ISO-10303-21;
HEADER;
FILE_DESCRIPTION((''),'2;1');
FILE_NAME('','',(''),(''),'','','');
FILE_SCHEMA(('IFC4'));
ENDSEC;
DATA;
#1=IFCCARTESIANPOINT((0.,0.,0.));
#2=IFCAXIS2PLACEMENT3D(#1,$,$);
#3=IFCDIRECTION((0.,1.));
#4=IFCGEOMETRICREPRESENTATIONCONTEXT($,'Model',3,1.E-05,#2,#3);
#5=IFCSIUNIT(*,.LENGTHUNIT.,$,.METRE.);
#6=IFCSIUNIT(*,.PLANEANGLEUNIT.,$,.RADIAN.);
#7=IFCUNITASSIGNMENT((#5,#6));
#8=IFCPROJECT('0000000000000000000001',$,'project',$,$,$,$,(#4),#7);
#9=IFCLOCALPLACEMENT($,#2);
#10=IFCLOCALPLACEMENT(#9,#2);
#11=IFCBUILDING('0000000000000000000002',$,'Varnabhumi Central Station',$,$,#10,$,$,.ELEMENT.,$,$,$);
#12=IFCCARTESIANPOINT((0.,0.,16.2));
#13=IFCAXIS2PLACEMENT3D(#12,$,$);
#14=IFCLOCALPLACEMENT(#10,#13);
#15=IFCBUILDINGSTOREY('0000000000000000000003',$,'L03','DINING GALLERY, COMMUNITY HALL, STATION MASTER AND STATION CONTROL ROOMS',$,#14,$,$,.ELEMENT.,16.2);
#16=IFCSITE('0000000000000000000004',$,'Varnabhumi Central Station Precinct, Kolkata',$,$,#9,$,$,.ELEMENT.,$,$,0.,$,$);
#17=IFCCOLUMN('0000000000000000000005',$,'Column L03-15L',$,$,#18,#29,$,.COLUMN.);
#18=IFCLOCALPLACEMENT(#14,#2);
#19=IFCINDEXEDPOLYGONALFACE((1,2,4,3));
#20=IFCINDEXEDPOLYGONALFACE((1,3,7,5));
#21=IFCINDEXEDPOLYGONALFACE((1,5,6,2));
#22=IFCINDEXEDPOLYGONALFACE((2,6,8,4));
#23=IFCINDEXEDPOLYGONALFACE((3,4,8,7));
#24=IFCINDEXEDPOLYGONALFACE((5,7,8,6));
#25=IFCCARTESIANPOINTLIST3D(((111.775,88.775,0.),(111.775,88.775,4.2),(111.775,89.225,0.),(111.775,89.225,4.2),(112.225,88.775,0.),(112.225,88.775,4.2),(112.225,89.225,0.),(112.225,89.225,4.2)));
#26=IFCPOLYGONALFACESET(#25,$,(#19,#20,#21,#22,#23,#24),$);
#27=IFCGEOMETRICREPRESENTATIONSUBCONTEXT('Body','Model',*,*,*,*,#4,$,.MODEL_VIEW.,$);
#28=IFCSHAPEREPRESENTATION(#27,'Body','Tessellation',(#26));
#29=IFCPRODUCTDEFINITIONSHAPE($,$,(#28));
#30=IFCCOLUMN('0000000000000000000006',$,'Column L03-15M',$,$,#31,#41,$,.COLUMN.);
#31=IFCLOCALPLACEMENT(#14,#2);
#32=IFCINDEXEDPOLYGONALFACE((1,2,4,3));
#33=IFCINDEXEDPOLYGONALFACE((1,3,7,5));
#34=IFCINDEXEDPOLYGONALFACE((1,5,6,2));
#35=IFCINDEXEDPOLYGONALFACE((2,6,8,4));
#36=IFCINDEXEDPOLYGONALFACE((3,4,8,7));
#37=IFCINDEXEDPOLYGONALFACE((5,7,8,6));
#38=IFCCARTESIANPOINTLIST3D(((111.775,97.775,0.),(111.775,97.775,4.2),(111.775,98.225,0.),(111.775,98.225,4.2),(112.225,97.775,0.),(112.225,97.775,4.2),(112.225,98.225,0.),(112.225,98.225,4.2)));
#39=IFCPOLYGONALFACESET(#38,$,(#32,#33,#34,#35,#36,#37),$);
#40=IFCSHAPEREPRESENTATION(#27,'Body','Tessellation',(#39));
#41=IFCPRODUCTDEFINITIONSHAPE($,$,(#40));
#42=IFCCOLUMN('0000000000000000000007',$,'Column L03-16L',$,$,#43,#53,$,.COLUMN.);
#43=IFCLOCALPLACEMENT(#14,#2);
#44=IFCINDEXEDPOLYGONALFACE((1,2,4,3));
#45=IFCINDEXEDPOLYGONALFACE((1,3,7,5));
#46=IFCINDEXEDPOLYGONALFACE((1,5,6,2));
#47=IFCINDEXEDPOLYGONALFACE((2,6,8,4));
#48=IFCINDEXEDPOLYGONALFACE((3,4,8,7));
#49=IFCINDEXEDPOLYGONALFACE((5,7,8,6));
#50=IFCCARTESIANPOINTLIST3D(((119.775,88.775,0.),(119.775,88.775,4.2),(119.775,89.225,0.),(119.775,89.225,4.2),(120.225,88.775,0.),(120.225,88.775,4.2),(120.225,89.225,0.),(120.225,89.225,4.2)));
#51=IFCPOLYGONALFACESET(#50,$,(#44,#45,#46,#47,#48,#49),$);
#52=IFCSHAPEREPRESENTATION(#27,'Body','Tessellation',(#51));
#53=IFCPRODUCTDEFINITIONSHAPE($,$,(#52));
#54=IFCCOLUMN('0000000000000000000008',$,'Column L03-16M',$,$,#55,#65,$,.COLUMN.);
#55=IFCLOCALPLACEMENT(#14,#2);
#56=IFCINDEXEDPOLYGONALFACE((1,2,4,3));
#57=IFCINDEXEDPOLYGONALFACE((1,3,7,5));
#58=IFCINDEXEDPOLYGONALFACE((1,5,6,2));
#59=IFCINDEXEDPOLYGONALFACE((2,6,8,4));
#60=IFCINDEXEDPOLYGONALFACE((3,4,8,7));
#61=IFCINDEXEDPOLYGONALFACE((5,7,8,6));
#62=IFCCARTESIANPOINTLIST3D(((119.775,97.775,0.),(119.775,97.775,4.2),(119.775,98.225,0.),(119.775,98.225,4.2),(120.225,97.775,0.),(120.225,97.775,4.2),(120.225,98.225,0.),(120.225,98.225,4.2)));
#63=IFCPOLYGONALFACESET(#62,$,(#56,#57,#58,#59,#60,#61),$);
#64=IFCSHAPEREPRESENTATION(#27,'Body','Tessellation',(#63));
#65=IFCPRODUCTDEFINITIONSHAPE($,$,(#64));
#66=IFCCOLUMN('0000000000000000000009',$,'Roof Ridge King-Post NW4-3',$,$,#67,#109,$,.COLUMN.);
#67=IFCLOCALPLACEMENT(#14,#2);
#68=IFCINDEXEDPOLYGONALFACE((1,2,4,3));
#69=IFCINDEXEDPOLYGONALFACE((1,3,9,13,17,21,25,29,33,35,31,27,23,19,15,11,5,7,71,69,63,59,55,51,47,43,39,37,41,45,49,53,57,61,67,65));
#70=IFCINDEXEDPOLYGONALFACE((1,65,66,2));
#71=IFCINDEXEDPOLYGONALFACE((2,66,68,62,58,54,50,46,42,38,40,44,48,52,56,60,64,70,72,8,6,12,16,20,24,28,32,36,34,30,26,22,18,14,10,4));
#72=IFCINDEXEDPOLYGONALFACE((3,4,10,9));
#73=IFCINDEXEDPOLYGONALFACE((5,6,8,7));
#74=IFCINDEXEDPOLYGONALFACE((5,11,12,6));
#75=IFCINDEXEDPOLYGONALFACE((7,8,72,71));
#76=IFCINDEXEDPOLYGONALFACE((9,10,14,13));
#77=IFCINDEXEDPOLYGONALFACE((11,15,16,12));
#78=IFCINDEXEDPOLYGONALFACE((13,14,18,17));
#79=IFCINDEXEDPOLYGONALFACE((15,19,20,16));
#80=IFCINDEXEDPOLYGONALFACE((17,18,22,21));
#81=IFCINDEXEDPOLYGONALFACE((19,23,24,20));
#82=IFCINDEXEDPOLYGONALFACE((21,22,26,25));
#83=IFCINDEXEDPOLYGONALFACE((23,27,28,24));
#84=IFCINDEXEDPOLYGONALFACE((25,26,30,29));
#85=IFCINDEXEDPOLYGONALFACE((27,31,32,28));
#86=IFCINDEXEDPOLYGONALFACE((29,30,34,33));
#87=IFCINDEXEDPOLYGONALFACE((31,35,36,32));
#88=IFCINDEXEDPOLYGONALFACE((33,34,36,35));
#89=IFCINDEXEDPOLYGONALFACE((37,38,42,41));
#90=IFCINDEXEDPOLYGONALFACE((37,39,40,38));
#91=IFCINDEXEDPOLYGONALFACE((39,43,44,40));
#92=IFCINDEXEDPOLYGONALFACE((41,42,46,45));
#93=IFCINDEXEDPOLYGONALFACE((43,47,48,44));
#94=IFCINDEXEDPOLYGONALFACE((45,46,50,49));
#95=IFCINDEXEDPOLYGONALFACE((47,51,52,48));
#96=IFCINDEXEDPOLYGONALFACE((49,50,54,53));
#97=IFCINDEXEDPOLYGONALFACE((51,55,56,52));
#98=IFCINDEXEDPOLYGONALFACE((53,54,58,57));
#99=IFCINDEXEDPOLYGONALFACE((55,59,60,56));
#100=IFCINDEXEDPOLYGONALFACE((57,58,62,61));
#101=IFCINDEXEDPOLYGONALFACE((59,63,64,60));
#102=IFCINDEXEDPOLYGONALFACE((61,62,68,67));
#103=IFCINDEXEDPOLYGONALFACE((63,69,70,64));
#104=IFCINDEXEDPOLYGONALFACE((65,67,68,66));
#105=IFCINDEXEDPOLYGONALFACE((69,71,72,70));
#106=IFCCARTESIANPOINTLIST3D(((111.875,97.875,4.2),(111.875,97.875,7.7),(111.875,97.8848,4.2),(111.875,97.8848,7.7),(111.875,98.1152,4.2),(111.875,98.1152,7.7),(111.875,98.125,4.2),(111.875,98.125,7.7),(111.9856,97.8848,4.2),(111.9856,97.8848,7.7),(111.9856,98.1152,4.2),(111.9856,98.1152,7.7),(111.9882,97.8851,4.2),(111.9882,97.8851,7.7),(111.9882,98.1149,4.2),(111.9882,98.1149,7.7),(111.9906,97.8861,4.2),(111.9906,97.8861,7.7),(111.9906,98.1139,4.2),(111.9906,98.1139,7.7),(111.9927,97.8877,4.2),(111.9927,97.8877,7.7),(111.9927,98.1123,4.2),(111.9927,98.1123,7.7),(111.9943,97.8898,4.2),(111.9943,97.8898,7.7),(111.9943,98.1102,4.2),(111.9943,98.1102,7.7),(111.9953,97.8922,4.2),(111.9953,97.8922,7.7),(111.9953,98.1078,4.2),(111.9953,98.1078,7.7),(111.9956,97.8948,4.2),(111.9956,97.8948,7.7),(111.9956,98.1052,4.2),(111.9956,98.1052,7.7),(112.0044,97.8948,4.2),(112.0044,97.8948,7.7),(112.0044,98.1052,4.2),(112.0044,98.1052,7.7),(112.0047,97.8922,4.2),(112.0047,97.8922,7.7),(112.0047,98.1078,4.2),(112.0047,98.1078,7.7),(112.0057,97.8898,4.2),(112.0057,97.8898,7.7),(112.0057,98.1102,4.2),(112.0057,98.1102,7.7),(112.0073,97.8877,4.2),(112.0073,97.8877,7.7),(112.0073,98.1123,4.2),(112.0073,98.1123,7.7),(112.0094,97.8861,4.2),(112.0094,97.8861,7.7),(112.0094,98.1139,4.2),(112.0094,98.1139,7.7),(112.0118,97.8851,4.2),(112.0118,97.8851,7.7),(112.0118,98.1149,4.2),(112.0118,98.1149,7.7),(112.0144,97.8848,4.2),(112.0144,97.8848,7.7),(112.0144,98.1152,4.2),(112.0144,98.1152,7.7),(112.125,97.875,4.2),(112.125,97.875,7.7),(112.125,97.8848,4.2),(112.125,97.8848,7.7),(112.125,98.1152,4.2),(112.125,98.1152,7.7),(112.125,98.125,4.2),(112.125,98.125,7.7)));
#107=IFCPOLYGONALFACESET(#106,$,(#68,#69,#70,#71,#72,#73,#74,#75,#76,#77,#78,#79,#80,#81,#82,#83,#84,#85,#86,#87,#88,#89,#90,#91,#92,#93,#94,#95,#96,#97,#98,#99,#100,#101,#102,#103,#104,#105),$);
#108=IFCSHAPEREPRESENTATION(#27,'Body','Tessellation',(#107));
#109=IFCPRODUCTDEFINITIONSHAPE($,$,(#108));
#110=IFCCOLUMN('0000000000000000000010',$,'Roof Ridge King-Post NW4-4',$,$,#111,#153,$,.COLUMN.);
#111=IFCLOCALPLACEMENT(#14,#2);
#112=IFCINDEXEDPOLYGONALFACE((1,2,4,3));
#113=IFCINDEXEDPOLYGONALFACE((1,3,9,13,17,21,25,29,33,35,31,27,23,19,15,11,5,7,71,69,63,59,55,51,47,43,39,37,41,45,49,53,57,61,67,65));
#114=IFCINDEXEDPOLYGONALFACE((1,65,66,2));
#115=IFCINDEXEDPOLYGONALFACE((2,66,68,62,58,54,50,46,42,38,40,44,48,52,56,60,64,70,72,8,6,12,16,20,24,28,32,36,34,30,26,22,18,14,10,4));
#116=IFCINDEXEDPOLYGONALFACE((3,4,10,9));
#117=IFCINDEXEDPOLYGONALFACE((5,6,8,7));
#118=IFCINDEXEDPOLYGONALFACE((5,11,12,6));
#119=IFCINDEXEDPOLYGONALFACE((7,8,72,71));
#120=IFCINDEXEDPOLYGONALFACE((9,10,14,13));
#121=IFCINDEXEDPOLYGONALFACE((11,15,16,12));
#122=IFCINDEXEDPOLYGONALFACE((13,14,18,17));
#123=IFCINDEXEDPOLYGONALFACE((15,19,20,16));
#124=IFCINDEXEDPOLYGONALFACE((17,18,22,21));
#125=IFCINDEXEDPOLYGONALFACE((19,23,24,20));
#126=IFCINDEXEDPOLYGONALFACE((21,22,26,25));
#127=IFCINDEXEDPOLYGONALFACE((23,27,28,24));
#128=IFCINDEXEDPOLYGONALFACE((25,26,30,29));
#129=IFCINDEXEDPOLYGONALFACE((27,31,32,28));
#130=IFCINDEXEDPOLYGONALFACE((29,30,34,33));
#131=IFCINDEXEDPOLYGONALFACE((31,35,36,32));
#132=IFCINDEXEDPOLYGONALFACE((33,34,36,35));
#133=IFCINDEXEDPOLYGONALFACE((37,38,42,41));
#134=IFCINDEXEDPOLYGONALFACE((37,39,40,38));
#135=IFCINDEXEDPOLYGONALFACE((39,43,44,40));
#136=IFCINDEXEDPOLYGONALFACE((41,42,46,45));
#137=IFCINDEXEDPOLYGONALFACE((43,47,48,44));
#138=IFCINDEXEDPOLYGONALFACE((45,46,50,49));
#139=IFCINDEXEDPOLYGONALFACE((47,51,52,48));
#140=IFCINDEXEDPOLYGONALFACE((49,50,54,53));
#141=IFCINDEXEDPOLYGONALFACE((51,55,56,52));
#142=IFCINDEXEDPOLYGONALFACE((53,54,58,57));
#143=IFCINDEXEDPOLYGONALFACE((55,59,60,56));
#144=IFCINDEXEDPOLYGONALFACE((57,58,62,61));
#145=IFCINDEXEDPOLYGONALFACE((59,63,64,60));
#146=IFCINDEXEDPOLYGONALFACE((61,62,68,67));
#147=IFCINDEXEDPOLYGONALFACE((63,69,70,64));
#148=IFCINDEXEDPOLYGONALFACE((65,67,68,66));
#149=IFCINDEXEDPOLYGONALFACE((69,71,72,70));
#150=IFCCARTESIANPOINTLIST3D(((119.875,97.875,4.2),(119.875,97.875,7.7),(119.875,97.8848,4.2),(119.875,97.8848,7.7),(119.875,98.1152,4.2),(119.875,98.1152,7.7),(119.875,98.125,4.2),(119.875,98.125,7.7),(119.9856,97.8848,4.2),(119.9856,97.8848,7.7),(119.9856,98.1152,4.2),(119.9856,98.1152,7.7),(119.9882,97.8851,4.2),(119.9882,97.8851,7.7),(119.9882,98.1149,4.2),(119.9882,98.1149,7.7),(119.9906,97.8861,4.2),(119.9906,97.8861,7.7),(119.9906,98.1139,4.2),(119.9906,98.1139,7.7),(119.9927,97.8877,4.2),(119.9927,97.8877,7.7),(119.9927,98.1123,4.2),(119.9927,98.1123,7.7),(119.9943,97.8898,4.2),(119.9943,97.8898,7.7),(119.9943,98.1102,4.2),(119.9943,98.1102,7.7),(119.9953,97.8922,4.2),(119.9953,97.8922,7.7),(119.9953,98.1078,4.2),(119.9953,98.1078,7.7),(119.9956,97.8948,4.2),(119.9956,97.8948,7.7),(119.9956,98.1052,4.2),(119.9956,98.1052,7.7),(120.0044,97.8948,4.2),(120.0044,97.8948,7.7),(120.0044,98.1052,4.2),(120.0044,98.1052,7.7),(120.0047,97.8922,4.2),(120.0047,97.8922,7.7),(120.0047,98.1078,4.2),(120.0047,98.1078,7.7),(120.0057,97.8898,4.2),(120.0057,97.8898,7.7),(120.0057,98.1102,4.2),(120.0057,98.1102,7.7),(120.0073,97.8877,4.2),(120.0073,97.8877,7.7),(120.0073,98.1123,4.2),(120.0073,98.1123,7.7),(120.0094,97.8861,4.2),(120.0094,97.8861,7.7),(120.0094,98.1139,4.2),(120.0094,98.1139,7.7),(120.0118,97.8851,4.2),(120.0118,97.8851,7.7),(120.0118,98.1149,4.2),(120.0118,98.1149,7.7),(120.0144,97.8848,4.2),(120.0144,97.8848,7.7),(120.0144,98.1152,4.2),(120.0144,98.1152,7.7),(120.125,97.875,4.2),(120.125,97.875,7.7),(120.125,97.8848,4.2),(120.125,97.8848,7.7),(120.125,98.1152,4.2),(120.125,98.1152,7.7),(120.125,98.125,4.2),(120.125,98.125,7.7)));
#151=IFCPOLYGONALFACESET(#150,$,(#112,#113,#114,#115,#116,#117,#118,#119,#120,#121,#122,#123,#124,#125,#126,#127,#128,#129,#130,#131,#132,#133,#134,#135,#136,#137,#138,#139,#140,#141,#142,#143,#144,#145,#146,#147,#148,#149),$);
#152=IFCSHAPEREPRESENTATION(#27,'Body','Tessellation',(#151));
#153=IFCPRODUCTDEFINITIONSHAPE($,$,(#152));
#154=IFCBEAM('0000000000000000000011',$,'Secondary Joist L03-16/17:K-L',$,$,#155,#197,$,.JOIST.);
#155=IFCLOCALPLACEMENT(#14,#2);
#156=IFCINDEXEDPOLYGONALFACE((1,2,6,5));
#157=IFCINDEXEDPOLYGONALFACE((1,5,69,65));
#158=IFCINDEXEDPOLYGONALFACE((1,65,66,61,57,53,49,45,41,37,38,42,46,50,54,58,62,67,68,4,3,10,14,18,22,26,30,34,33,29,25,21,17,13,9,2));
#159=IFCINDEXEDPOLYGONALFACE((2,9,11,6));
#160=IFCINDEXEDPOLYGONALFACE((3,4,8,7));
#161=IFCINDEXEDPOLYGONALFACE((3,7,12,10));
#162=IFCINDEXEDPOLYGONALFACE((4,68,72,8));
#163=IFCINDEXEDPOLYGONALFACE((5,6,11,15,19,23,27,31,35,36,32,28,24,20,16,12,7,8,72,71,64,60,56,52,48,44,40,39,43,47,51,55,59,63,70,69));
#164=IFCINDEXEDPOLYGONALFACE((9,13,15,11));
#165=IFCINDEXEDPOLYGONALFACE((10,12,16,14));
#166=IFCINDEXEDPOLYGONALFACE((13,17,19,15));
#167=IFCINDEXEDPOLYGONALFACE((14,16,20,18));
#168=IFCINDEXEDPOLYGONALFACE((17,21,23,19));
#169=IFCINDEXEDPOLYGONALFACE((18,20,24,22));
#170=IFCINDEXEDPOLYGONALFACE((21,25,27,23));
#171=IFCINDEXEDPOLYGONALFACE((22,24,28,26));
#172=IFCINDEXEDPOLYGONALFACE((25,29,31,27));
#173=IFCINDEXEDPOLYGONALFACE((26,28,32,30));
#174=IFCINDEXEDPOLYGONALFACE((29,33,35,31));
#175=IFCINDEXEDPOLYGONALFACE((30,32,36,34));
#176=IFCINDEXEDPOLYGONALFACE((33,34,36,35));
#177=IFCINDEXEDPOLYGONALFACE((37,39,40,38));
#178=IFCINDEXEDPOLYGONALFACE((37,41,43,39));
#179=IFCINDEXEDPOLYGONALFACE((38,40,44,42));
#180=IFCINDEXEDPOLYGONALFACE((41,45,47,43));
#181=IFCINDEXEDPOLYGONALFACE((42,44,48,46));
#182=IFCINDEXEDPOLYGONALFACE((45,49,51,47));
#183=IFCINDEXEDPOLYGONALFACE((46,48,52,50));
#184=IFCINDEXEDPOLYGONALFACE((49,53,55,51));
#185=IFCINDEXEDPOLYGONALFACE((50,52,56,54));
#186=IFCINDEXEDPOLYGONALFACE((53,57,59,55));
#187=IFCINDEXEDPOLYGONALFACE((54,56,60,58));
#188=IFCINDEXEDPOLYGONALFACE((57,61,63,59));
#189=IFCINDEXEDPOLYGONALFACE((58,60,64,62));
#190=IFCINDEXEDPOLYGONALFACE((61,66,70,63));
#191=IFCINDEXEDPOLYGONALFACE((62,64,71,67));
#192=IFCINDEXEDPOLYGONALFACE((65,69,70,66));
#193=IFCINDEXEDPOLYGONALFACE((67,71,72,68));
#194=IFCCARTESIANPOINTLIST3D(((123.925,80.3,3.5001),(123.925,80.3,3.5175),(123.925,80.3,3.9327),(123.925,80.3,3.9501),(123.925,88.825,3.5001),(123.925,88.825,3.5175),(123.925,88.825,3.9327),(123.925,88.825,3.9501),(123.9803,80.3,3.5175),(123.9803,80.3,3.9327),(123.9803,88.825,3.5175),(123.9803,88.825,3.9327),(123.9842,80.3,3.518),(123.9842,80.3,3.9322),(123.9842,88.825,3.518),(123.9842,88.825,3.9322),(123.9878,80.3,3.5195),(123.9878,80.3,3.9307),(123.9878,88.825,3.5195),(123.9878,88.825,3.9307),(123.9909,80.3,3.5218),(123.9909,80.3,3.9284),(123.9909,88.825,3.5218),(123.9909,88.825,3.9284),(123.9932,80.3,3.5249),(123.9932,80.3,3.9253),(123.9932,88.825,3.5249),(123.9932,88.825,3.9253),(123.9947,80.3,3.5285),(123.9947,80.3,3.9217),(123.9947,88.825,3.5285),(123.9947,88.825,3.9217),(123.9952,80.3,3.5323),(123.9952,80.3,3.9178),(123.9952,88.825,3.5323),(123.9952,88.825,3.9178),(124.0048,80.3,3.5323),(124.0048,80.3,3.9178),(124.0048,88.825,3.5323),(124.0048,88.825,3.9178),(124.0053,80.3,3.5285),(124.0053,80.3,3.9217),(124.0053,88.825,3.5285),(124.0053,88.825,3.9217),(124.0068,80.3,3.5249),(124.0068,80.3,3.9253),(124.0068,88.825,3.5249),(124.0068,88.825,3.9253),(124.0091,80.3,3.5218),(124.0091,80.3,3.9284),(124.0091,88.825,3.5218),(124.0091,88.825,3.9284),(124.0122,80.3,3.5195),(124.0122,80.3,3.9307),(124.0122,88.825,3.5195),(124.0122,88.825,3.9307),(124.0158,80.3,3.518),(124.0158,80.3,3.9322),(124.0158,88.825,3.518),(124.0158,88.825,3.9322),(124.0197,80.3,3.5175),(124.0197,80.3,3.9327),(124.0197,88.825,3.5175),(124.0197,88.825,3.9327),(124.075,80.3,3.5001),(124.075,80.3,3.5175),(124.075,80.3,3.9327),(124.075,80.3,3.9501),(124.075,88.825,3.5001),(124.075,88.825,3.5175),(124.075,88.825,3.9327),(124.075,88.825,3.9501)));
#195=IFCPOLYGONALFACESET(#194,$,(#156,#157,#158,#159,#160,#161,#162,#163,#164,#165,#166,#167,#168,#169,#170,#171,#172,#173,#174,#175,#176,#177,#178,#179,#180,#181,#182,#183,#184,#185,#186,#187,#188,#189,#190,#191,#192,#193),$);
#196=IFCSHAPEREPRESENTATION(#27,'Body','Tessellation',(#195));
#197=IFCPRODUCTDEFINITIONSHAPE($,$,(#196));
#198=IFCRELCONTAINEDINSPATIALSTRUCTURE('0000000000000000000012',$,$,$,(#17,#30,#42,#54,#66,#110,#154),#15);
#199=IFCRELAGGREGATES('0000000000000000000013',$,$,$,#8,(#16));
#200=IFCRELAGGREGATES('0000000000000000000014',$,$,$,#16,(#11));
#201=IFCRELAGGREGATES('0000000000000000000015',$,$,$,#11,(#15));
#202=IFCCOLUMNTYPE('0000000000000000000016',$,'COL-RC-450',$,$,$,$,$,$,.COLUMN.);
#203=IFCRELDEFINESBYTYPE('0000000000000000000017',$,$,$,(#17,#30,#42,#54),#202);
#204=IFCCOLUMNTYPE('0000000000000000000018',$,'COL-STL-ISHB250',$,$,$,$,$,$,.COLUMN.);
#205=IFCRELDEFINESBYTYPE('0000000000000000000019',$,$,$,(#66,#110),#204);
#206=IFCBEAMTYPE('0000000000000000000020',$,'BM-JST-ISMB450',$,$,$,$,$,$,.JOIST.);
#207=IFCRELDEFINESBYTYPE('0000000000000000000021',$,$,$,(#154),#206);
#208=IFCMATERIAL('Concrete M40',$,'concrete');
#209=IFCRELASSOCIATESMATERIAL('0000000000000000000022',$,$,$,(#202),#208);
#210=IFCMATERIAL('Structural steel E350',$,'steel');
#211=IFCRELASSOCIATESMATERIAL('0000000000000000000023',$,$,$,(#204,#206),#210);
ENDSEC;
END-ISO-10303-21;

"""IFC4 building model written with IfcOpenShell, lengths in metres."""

from ifc_helpers import new_model, si_unit, direction, frame, origin, origin_2d, place, context, subcontext, project, spatial, rectangle, i_section, extrude, material, material_profile, profile_set, type_object, element, save


model = new_model("IFC4")

# Units and contexts
model_context = context("Model", 3, precision=1e-05, world=origin(), true_north=direction((0.0, 1.0)))
body_context = subcontext(model_context, "Body", "Model", "MODEL_VIEW")
ifc_project = project(units=[si_unit("LENGTHUNIT", "METRE"), si_unit("PLANEANGLEUNIT", "RADIAN")], contexts=[model_context])

# Site, building, storey
site_placement = place(None, origin())
site = spatial("IfcSite", under=ifc_project, at=site_placement, Name="Varnabhumi Central Station Precinct, Kolkata", CompositionType="ELEMENT", RefElevation=0.0)
building_placement = place(site_placement, origin())
building = spatial("IfcBuilding", under=site, at=building_placement, Name="Varnabhumi Central Station", CompositionType="ELEMENT")
storey_placement = place(building_placement, frame((0.0, 0.0, 16.2)))
storey = spatial("IfcBuildingStorey", under=building, at=storey_placement, Name="L03", Description="DINING GALLERY, COMMUNITY HALL, STATION MASTER AND STATION CONTROL ROOMS", CompositionType="ELEMENT", Elevation=16.2)

# Columns
ifc_material_1 = material(Name="Concrete M40", Category="concrete")
ifc_material_profile_1 = material_profile(ifc_material_1, rectangle(XDim=0.45, YDim=0.45, at=origin_2d()), Name="Concrete M40", Category="concrete")
ifc_profile_set_1 = profile_set([ifc_material_profile_1], Name="Concrete M40")
column_type_1 = type_object("IfcColumnType", Name="COL-RC-450", PredefinedType="COLUMN", material=ifc_profile_set_1)
for number, where, z_axis, x_axis, name in (
    (1, (112.0, 89.0, 0.0), (0.0, 0.0, 1.0), (1.0, 0.0, 0.0), "Column L03-15L"),
    (2, (112.0, 98.0, 0.0), (0.0, 0.0, 1.0), (1.0, 0.0, 0.0), "Column L03-15M"),
    (3, (120.0, 89.0, 0.0), (0.0, 0.0, 1.0), (1.0, 0.0, 0.0), "Column L03-16L"),
    (4, (120.0, 98.0, 0.0), (0.0, 0.0, 1.0), (1.0, 0.0, 0.0), "Column L03-16M"),
):
    element("IfcColumn", number, at=place(storey_placement, frame(where, z_axis=z_axis, x_axis=x_axis)), inside=storey, type_object=column_type_1, Name=name, PredefinedType="COLUMN", context=body_context, shape_type="SweptSolid", body=[
        extrude(rectangle(XDim=0.45, YDim=0.45, at=origin_2d()), origin(), (0.0, 0.0, 1.0), 4.2),
    ])
ifc_material_2 = material(Name="Structural steel E350", Category="steel")
ifc_material_profile_2 = material_profile(ifc_material_2, i_section(OverallWidth=0.25, OverallDepth=0.25, WebThickness=0.0088, FlangeThickness=0.0098, FilletRadius=0.01, at=origin_2d()), Name="Structural steel E350", Category="steel")
ifc_profile_set_2 = profile_set([ifc_material_profile_2], Name="Structural steel E350")
column_type_2 = type_object("IfcColumnType", Name="COL-STL-ISHB250", PredefinedType="COLUMN", material=ifc_profile_set_2)
for number, where, z_axis, x_axis, name in (
    (5, (112.0, 98.0, 4.2), (0.0, 0.0, 1.0), (1.0, 0.0, 0.0), "Roof Ridge King-Post NW4-3"),
    (6, (120.0, 98.0, 4.2), (0.0, 0.0, 1.0), (1.0, 0.0, 0.0), "Roof Ridge King-Post NW4-4"),
):
    element("IfcColumn", number, at=place(storey_placement, frame(where, z_axis=z_axis, x_axis=x_axis)), inside=storey, type_object=column_type_2, Name=name, PredefinedType="COLUMN", context=body_context, shape_type="SweptSolid", body=[
        extrude(i_section(OverallWidth=0.25, OverallDepth=0.25, WebThickness=0.0088, FlangeThickness=0.0098, FilletRadius=0.01, at=origin_2d()), origin(), (0.0, 0.0, 1.0), 3.5),
    ])

# Beam
ifc_material_profile_3 = material_profile(ifc_material_2, i_section(OverallWidth=0.1499, OverallDepth=0.45, WebThickness=0.0095, FlangeThickness=0.0173, FilletRadius=0.0149, at=origin_2d()), Name="Structural steel E350", Category="steel")
ifc_profile_set_3 = profile_set([ifc_material_profile_3], Name="Structural steel E350")
beam_type_1 = type_object("IfcBeamType", Name="BM-JST-ISMB450", PredefinedType="JOIST", material=ifc_profile_set_3)
beam_1_placement = place(storey_placement, frame((124.0, 80.3, 3.7251), z_axis=(0.0, 1.0, 0.0), x_axis=(-1.0, 0.0, 0.0)))
element("IfcBeam", 7, at=beam_1_placement, inside=storey, type_object=beam_type_1, Name="Secondary Joist L03-16/17:K-L", PredefinedType="JOIST", context=body_context, shape_type="SweptSolid", body=[
    extrude(i_section(OverallWidth=0.1499, OverallDepth=0.45, WebThickness=0.0095, FlangeThickness=0.0173, FilletRadius=0.0149, at=origin_2d()), origin(), (0.0, 0.0, 1.0), 8.5249),
])

save(model, "model.ifc")
